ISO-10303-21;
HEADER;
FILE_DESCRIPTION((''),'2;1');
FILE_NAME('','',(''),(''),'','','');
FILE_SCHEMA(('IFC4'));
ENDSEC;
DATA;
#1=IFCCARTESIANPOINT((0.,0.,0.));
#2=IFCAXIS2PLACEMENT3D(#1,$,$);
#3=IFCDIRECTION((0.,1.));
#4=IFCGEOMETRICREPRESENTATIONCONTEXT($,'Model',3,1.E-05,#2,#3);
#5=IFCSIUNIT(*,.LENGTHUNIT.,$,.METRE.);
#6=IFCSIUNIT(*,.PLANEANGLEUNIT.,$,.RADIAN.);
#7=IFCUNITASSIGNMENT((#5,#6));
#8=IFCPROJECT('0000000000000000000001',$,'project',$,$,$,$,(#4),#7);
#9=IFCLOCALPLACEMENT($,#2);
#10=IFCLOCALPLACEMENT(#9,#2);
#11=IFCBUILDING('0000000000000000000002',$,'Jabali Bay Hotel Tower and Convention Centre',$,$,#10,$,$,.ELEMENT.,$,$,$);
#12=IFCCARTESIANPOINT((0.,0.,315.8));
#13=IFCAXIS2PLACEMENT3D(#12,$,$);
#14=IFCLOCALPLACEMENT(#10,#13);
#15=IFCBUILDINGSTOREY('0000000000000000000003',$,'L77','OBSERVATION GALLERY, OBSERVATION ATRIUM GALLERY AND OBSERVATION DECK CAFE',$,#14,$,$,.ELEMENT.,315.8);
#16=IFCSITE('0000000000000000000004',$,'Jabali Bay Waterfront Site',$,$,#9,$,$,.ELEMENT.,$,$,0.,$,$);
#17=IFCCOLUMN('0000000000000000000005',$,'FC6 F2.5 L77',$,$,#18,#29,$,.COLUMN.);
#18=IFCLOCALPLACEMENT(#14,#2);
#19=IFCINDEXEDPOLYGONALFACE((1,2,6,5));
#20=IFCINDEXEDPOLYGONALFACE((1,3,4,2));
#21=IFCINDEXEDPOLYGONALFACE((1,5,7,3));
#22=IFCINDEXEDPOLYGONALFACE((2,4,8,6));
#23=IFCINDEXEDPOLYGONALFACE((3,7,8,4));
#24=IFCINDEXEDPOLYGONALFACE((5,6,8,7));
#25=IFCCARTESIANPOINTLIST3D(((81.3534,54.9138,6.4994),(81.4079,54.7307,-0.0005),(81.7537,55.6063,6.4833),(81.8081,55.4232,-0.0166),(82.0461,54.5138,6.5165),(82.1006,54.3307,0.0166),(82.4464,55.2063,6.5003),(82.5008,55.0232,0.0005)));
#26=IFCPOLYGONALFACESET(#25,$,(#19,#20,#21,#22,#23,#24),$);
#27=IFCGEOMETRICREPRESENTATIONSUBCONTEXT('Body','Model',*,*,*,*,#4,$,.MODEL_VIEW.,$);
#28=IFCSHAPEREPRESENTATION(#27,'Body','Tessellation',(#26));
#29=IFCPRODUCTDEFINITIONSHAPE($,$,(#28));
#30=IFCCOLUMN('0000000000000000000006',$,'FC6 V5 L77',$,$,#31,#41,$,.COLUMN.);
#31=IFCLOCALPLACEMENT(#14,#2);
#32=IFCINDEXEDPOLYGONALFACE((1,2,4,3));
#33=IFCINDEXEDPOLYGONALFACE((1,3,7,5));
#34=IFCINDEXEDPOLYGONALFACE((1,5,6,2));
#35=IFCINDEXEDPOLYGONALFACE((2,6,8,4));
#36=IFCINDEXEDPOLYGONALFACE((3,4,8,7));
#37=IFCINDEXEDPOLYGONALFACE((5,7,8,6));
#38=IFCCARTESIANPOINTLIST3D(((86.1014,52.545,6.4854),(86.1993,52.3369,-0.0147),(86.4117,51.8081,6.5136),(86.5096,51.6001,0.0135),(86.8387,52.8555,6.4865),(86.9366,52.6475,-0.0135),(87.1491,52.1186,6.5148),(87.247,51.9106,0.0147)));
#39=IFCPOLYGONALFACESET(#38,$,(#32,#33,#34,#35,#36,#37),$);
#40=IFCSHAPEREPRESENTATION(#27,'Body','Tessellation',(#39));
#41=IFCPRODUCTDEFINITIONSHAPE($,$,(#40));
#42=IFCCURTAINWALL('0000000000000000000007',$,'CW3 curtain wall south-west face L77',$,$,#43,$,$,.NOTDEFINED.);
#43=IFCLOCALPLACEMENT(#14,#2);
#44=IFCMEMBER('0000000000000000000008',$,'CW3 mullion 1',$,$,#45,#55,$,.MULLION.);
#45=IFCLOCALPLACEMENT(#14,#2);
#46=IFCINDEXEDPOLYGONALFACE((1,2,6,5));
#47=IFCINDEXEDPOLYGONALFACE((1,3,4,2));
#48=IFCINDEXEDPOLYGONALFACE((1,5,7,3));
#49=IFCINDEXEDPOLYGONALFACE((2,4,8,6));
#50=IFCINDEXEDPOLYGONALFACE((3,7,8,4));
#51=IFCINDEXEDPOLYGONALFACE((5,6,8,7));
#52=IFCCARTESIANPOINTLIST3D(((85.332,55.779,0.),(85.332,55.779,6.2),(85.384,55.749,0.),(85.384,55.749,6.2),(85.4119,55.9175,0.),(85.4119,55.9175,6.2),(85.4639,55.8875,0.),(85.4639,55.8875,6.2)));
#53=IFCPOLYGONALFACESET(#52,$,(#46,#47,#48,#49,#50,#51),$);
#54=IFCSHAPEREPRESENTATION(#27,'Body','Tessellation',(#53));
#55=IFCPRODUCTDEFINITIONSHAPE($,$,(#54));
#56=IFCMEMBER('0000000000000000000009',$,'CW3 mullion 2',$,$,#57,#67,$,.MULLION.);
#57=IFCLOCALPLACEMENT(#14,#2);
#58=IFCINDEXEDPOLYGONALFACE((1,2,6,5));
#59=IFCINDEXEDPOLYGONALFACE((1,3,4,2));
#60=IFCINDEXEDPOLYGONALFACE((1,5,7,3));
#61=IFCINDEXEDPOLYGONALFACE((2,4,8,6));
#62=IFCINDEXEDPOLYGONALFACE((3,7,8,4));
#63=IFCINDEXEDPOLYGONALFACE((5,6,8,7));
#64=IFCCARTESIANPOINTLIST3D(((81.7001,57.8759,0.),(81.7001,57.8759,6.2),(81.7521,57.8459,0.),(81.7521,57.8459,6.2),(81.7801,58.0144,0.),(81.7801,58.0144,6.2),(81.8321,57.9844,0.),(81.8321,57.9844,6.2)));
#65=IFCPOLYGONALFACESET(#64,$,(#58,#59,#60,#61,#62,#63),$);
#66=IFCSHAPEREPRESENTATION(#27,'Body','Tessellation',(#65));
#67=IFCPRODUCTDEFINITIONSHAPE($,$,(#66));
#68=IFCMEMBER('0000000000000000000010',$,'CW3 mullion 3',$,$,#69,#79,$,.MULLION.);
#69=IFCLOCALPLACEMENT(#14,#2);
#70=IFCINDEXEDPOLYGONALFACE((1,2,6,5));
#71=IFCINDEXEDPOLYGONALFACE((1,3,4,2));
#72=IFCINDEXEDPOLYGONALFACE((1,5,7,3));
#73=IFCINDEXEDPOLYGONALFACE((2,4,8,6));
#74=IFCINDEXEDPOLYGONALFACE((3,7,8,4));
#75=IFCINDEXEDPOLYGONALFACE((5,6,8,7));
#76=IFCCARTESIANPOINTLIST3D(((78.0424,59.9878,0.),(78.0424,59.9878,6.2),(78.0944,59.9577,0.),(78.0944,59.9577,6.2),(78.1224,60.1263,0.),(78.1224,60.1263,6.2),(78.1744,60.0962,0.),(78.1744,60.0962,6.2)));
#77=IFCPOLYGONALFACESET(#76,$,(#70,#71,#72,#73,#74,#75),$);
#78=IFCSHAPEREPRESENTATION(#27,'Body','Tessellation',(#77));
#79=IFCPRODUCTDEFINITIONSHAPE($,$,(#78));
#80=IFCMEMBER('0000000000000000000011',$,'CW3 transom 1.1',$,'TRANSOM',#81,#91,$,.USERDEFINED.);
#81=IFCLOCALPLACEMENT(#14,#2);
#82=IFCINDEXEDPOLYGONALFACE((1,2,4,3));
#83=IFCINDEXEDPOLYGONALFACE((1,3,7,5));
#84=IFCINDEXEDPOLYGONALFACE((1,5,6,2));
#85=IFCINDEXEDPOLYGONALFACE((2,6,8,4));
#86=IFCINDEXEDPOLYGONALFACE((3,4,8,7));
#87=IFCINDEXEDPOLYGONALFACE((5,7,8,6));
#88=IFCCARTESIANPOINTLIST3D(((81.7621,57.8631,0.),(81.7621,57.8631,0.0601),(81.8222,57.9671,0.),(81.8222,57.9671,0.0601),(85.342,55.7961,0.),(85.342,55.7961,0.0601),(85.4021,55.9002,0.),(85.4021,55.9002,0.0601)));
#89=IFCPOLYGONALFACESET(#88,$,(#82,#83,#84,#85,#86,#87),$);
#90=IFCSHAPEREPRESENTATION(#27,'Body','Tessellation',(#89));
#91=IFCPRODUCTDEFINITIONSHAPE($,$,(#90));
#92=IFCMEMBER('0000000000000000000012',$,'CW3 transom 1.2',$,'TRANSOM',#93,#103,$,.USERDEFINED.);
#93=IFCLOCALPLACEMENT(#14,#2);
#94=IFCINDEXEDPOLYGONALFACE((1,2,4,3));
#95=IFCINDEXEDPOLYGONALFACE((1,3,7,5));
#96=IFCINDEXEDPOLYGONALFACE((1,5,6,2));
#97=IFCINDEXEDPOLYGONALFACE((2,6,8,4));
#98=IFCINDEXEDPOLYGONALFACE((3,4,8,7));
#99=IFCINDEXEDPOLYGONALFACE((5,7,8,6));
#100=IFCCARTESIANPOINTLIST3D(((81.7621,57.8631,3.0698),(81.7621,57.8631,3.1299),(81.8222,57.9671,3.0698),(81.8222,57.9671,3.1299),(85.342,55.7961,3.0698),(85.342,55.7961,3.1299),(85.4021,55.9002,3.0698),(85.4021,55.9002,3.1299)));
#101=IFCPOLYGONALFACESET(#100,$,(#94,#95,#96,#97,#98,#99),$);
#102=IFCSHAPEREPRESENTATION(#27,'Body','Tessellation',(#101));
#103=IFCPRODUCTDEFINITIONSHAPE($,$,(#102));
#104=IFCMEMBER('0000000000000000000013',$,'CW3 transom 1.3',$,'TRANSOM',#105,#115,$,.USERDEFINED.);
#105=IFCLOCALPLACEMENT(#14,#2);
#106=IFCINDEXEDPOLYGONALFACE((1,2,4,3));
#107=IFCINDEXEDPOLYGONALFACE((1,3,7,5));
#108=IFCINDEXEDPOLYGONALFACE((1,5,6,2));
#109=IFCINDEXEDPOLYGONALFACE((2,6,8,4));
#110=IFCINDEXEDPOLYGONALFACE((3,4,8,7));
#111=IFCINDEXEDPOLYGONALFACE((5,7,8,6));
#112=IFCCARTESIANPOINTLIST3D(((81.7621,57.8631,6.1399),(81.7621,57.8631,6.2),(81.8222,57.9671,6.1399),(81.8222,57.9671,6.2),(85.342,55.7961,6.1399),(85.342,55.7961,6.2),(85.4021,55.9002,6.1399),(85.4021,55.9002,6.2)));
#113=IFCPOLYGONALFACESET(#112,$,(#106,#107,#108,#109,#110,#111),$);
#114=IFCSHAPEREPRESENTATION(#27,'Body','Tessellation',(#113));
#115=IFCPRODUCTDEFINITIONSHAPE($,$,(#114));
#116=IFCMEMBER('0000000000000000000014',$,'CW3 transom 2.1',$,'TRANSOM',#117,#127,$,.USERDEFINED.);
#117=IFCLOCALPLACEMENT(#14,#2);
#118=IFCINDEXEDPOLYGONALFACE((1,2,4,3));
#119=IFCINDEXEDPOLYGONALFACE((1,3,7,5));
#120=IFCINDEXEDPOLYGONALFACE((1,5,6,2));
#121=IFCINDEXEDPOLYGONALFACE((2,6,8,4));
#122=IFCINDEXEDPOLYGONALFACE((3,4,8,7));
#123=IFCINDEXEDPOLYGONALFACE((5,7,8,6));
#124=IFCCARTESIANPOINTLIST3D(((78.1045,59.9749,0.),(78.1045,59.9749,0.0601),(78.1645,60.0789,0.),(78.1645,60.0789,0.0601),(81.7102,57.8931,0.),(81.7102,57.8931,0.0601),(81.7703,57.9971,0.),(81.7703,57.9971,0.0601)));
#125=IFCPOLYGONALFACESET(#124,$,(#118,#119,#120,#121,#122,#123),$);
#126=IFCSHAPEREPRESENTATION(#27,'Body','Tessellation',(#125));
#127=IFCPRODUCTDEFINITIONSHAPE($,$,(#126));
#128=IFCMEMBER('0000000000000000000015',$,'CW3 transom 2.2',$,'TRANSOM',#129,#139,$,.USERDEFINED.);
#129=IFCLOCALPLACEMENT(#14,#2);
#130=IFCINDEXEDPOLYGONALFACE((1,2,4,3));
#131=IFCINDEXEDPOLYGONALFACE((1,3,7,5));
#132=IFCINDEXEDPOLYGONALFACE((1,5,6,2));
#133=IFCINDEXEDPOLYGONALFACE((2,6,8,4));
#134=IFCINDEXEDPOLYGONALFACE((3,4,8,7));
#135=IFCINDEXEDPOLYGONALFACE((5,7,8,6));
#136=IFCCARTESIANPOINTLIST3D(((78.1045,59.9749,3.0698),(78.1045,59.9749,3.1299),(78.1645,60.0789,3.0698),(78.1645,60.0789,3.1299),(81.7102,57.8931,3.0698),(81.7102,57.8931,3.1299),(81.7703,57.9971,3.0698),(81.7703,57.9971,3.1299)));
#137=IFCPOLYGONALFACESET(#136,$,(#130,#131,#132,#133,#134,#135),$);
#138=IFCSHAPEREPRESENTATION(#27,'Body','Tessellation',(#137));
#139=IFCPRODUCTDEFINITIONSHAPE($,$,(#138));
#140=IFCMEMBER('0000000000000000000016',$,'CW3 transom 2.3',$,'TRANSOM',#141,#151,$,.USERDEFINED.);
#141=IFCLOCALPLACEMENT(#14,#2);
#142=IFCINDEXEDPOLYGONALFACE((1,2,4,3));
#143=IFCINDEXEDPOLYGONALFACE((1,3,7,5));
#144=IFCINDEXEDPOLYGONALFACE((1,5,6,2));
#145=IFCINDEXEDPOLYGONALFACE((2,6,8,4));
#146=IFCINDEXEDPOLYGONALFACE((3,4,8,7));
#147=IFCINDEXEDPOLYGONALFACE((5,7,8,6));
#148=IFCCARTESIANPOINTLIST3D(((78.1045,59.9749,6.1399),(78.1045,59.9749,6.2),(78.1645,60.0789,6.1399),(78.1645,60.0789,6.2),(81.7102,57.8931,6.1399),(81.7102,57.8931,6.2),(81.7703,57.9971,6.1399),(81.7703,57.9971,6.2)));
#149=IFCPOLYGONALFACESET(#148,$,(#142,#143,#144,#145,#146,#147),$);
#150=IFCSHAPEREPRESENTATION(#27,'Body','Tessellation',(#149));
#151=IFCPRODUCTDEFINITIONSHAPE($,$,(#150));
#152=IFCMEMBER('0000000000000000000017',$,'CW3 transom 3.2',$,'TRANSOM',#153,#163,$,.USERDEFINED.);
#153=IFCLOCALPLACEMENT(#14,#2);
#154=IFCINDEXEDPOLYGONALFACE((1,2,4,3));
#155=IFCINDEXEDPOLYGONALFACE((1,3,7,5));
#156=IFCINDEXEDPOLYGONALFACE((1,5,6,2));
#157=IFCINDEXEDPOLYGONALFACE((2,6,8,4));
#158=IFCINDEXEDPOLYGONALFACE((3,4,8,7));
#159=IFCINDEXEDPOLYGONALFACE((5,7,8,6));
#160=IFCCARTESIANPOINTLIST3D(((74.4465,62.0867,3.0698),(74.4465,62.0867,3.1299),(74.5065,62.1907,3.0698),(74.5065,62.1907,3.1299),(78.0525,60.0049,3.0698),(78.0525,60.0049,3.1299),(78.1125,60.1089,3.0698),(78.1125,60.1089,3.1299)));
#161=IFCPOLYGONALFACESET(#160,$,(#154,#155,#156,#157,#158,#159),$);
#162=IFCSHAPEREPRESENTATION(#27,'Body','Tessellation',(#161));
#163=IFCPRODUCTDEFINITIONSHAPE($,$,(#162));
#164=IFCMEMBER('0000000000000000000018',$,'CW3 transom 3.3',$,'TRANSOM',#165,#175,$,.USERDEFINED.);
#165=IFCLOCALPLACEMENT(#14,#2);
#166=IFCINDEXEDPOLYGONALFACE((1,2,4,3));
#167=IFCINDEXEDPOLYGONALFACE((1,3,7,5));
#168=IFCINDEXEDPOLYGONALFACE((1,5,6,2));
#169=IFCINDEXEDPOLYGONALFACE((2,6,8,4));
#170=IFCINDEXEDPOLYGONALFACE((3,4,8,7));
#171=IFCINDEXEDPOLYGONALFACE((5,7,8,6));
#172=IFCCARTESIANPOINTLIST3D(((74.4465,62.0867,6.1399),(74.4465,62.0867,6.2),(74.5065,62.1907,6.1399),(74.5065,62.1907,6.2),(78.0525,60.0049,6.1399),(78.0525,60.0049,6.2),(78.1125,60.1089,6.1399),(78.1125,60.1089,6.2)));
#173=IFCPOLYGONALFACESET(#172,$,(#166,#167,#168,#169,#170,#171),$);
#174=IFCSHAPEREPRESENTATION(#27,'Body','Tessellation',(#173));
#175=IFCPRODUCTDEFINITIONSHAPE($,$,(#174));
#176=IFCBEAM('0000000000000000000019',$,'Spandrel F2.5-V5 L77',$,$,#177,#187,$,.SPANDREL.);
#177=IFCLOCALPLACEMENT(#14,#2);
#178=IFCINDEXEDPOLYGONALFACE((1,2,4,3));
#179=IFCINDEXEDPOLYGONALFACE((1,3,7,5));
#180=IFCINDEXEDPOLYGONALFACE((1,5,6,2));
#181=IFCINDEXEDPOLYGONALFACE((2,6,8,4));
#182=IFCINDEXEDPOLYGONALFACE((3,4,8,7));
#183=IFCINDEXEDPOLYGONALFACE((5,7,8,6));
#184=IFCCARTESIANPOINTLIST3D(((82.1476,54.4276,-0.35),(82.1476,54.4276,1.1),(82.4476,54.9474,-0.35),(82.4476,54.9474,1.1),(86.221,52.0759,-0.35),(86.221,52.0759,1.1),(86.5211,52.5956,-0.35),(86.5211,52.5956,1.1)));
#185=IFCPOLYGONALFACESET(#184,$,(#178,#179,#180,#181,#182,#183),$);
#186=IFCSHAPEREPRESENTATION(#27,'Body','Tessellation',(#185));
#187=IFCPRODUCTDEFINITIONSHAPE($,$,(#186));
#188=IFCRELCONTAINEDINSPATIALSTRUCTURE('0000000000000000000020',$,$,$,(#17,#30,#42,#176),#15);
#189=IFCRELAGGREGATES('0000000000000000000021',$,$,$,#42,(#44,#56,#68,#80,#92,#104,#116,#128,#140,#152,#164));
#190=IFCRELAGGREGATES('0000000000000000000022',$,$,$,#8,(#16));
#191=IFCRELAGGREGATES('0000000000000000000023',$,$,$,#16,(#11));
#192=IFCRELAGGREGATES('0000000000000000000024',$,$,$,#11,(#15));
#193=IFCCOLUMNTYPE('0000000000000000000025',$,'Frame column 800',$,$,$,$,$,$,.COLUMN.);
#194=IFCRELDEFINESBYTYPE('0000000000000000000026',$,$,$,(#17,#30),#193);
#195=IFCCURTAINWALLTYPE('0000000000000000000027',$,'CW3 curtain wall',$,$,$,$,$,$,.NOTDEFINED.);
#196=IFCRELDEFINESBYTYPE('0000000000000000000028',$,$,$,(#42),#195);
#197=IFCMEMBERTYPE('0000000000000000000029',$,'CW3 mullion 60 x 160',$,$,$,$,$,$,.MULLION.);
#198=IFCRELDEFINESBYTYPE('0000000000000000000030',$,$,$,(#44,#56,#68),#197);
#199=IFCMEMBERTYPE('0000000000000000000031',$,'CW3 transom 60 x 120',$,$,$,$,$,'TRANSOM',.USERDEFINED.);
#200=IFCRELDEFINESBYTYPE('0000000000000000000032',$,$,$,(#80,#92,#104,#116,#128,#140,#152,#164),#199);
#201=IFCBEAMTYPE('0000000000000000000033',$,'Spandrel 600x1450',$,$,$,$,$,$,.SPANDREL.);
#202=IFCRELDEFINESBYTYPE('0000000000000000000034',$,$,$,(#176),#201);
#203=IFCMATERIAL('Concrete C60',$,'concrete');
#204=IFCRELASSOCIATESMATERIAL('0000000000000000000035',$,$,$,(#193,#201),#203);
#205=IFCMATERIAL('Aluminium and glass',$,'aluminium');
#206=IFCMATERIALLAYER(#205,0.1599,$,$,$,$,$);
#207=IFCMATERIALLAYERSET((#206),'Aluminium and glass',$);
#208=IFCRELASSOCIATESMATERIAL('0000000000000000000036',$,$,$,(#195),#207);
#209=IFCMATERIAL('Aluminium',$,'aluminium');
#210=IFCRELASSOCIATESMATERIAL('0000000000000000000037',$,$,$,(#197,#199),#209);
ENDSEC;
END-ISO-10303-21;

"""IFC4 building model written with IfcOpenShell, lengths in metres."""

from ifc_helpers import new_model, si_unit, direction, frame, origin, origin_2d, place, context, subcontext, project, spatial, rectangle, extrude, material, layer, layer_set, material_profile, profile_set, type_object, element, aggregate, save


model = new_model("IFC4")

# Units and contexts
model_context = context("Model", 3, precision=1e-05, world=origin(), true_north=direction((0.0, 1.0)))
body_context = subcontext(model_context, "Body", "Model", "MODEL_VIEW")
ifc_project = project(units=[si_unit("LENGTHUNIT", "METRE"), si_unit("PLANEANGLEUNIT", "RADIAN")], contexts=[model_context])

# Site, building, storey
site_placement = place(None, origin())
site = spatial("IfcSite", under=ifc_project, at=site_placement, Name="Jabali Bay Waterfront Site", CompositionType="ELEMENT", RefElevation=0.0)
building_placement = place(site_placement, origin())
building = spatial("IfcBuilding", under=site, at=building_placement, Name="Jabali Bay Hotel Tower and Convention Centre", CompositionType="ELEMENT")
storey_placement = place(building_placement, frame((0.0, 0.0, 315.8)))
storey = spatial("IfcBuildingStorey", under=building, at=storey_placement, Name="L77", Description="OBSERVATION GALLERY, OBSERVATION ATRIUM GALLERY AND OBSERVATION DECK CAFE", CompositionType="ELEMENT", Elevation=315.8)

# Columns
ifc_material_1 = material(Name="Concrete C60", Category="concrete")
ifc_material_profile_1 = material_profile(ifc_material_1, rectangle(XDim=0.8, YDim=0.8, at=origin_2d()), Name="Frame column 800")
ifc_profile_set_1 = profile_set([ifc_material_profile_1], Name="Concrete C60")
column_type = type_object("IfcColumnType", Name="Frame column 800", PredefinedType="COLUMN", material=ifc_profile_set_1)
column_1_placement = place(storey_placement, frame((81.9543, 54.877, 0.0), z_axis=(-0.008372, 0.028158, 0.999568), x_axis=(-0.500305, -0.865613, 0.020194)))
element("IfcColumn", 1, at=column_1_placement, inside=storey, type_object=column_type, Name="FC6 F2.5 L77", PredefinedType="COLUMN", context=body_context, shape_type="SweptSolid", body=[
    extrude(rectangle(XDim=0.8, YDim=0.8, at=origin_2d()), origin(), (0.0, 0.0, 1.0), 6.5027),
])
column_2_placement = place(storey_placement, frame((86.7231, 52.1238, 0.0), z_axis=(-0.015052, 0.031981, 0.999375), x_axis=(0.387875, -0.921035, 0.035316)))
element("IfcColumn", 2, at=column_2_placement, inside=storey, type_object=column_type, Name="FC6 V5 L77", PredefinedType="COLUMN", context=body_context, shape_type="SweptSolid", body=[
    extrude(rectangle(XDim=0.8, YDim=0.8, at=origin_2d()), origin(), (0.0, 0.0, 1.0), 6.5042),
])

# Curtain wall, members
ifc_material_2 = material(Name="Aluminium and glass", Category="aluminium")
ifc_layer_1 = layer(ifc_material_2, 0.1599)
ifc_layer_set_1 = layer_set([ifc_layer_1], Name="Aluminium and glass")
curtain_wall_type = type_object("IfcCurtainWallType", Name="CW3 curtain wall", PredefinedType="NOTDEFINED", material=ifc_layer_set_1)
curtain_wall_placement = place(storey_placement, origin())
curtain_wall = element("IfcCurtainWall", 3, at=curtain_wall_placement, inside=storey, type_object=curtain_wall_type, Name="CW3 curtain wall south-west face L77", PredefinedType="NOTDEFINED")
ifc_material_3 = material(Name="Aluminium", Category="aluminium")
ifc_material_profile_2 = material_profile(ifc_material_3, rectangle(XDim=0.1599, YDim=0.0601, at=origin_2d()), Name="CW3 mullion 60 x 160")
ifc_profile_set_2 = profile_set([ifc_material_profile_2], Name="Aluminium")
member_type_1 = type_object("IfcMemberType", Name="CW3 mullion 60 x 160", PredefinedType="MULLION", material=ifc_profile_set_2)
member_1_placement = place(storey_placement, frame((85.3979, 55.8333, 0.0), z_axis=(0.0, 0.0, 1.0), x_axis=(-0.5, -0.866025, 0.0)))
member_1 = element("IfcMember", 4, at=member_1_placement, type_object=member_type_1, Name="CW3 mullion 1", PredefinedType="MULLION", context=body_context, shape_type="SweptSolid", body=[
    extrude(rectangle(XDim=0.1599, YDim=0.0601, at=origin_2d()), origin(), (0.0, 0.0, 1.0), 6.2),
])
member_2_placement = place(storey_placement, frame((81.7661, 57.9302, 0.0), z_axis=(0.0, 0.0, 1.0), x_axis=(-0.5, -0.866025, 0.0)))
member_2 = element("IfcMember", 5, at=member_2_placement, type_object=member_type_1, Name="CW3 mullion 2", PredefinedType="MULLION", context=body_context, shape_type="SweptSolid", body=[
    extrude(rectangle(XDim=0.1599, YDim=0.0601, at=origin_2d()), origin(), (0.0, 0.0, 1.0), 6.2),
])
member_3_placement = place(storey_placement, frame((78.1084, 60.042, 0.0), z_axis=(0.0, 0.0, 1.0), x_axis=(-0.5, -0.866025, 0.0)))
member_3 = element("IfcMember", 6, at=member_3_placement, type_object=member_type_1, Name="CW3 mullion 3", PredefinedType="MULLION", context=body_context, shape_type="SweptSolid", body=[
    extrude(rectangle(XDim=0.1599, YDim=0.0601, at=origin_2d()), origin(), (0.0, 0.0, 1.0), 6.2),
])
ifc_material_profile_3 = material_profile(ifc_material_3, rectangle(XDim=0.1201, YDim=0.0601, at=origin_2d()), Name="CW3 transom 60 x 120")
ifc_profile_set_3 = profile_set([ifc_material_profile_3], Name="Aluminium")
member_type_2 = type_object("IfcMemberType", Name="CW3 transom 60 x 120", ElementType="TRANSOM", PredefinedType="USERDEFINED", material=ifc_profile_set_3)
member_4_placement = place(storey_placement, frame((85.3721, 55.8481, 0.03), z_axis=(-0.866017, 0.500014, 0.0), x_axis=(-0.500014, -0.866017, 0.0)))
member_4 = element("IfcMember", 7, at=member_4_placement, type_object=member_type_2, Name="CW3 transom 1.1", ObjectType="TRANSOM", PredefinedType="USERDEFINED", context=body_context, shape_type="SweptSolid", body=[
    extrude(rectangle(XDim=0.1201, YDim=0.0601, at=origin_2d()), origin(), (0.0, 0.0, 1.0), 4.1338),
])
member_5_placement = place(storey_placement, frame((85.3721, 55.8481, 3.0999), z_axis=(-0.866017, 0.500014, 0.0), x_axis=(-0.500014, -0.866017, 0.0)))
member_5 = element("IfcMember", 8, at=member_5_placement, type_object=member_type_2, Name="CW3 transom 1.2", ObjectType="TRANSOM", PredefinedType="USERDEFINED", context=body_context, shape_type="SweptSolid", body=[
    extrude(rectangle(XDim=0.1201, YDim=0.0601, at=origin_2d()), origin(), (0.0, 0.0, 1.0), 4.1338),
])
member_6_placement = place(storey_placement, frame((85.3721, 55.8481, 6.1699), z_axis=(-0.866017, 0.500014, 0.0), x_axis=(-0.500014, -0.866017, 0.0)))
member_6 = element("IfcMember", 9, at=member_6_placement, type_object=member_type_2, Name="CW3 transom 1.3", ObjectType="TRANSOM", PredefinedType="USERDEFINED", context=body_context, shape_type="SweptSolid", body=[
    extrude(rectangle(XDim=0.1201, YDim=0.0601, at=origin_2d()), origin(), (0.0, 0.0, 1.0), 4.1338),
])
member_7_placement = place(storey_placement, frame((81.7402, 57.9451, 0.03), z_axis=(-0.866023, 0.500005, 0.0), x_axis=(-0.500005, -0.866023, 0.0)))
member_7 = element("IfcMember", 10, at=member_7_placement, type_object=member_type_2, Name="CW3 transom 2.1", ObjectType="TRANSOM", PredefinedType="USERDEFINED", context=body_context, shape_type="SweptSolid", body=[
    extrude(rectangle(XDim=0.1201, YDim=0.0601, at=origin_2d()), origin(), (0.0, 0.0, 1.0), 4.1636),
])
member_8_placement = place(storey_placement, frame((81.7402, 57.9451, 3.0999), z_axis=(-0.866023, 0.500005, 0.0), x_axis=(-0.500005, -0.866023, 0.0)))
member_8 = element("IfcMember", 11, at=member_8_placement, type_object=member_type_2, Name="CW3 transom 2.2", ObjectType="TRANSOM", PredefinedType="USERDEFINED", context=body_context, shape_type="SweptSolid", body=[
    extrude(rectangle(XDim=0.1201, YDim=0.0601, at=origin_2d()), origin(), (0.0, 0.0, 1.0), 4.1636),
])
member_9_placement = place(storey_placement, frame((81.7402, 57.9451, 6.1699), z_axis=(-0.866023, 0.500005, 0.0), x_axis=(-0.500005, -0.866023, 0.0)))
member_9 = element("IfcMember", 12, at=member_9_placement, type_object=member_type_2, Name="CW3 transom 2.3", ObjectType="TRANSOM", PredefinedType="USERDEFINED", context=body_context, shape_type="SweptSolid", body=[
    extrude(rectangle(XDim=0.1201, YDim=0.0601, at=origin_2d()), origin(), (0.0, 0.0, 1.0), 4.1636),
])
member_10_placement = place(storey_placement, frame((78.0825, 60.0569, 3.0999), z_axis=(-0.866037, 0.49998, 0.0), x_axis=(-0.49998, -0.866037, 0.0)))
member_10 = element("IfcMember", 13, at=member_10_placement, type_object=member_type_2, Name="CW3 transom 3.2", ObjectType="TRANSOM", PredefinedType="USERDEFINED", context=body_context, shape_type="SweptSolid", body=[
    extrude(rectangle(XDim=0.1201, YDim=0.0601, at=origin_2d()), origin(), (0.0, 0.0, 1.0), 4.1638),
])
member_11_placement = place(storey_placement, frame((78.0825, 60.0569, 6.1699), z_axis=(-0.866037, 0.49998, 0.0), x_axis=(-0.49998, -0.866037, 0.0)))
member_11 = element("IfcMember", 14, at=member_11_placement, type_object=member_type_2, Name="CW3 transom 3.3", ObjectType="TRANSOM", PredefinedType="USERDEFINED", context=body_context, shape_type="SweptSolid", body=[
    extrude(rectangle(XDim=0.1201, YDim=0.0601, at=origin_2d()), origin(), (0.0, 0.0, 1.0), 4.1638),
])

# Beam
ifc_material_profile_4 = material_profile(ifc_material_1, rectangle(XDim=0.6001, YDim=1.45, at=origin_2d()), Name="Spandrel 600x1450")
ifc_profile_set_4 = profile_set([ifc_material_profile_4], Name="Concrete C60")
beam_type = type_object("IfcBeamType", Name="Spandrel 600x1450", PredefinedType="SPANDREL", material=ifc_profile_set_4)
beam_placement = place(storey_placement, frame((82.2976, 54.6875, 0.375), z_axis=(0.866027, -0.499997, 0.0), x_axis=(0.499997, 0.866027, 0.0)))
element("IfcBeam", 15, at=beam_placement, inside=storey, type_object=beam_type, Name="Spandrel F2.5-V5 L77", PredefinedType="SPANDREL", context=body_context, shape_type="SweptSolid", body=[
    extrude(rectangle(XDim=0.6001, YDim=1.45, at=origin_2d()), origin(), (0.0, 0.0, 1.0), 4.7036),
])

aggregate(curtain_wall, [member_1, member_2, member_3, member_4, member_5, member_6, member_7, member_8, member_9, member_10, member_11])

save(model, "model.ifc")
